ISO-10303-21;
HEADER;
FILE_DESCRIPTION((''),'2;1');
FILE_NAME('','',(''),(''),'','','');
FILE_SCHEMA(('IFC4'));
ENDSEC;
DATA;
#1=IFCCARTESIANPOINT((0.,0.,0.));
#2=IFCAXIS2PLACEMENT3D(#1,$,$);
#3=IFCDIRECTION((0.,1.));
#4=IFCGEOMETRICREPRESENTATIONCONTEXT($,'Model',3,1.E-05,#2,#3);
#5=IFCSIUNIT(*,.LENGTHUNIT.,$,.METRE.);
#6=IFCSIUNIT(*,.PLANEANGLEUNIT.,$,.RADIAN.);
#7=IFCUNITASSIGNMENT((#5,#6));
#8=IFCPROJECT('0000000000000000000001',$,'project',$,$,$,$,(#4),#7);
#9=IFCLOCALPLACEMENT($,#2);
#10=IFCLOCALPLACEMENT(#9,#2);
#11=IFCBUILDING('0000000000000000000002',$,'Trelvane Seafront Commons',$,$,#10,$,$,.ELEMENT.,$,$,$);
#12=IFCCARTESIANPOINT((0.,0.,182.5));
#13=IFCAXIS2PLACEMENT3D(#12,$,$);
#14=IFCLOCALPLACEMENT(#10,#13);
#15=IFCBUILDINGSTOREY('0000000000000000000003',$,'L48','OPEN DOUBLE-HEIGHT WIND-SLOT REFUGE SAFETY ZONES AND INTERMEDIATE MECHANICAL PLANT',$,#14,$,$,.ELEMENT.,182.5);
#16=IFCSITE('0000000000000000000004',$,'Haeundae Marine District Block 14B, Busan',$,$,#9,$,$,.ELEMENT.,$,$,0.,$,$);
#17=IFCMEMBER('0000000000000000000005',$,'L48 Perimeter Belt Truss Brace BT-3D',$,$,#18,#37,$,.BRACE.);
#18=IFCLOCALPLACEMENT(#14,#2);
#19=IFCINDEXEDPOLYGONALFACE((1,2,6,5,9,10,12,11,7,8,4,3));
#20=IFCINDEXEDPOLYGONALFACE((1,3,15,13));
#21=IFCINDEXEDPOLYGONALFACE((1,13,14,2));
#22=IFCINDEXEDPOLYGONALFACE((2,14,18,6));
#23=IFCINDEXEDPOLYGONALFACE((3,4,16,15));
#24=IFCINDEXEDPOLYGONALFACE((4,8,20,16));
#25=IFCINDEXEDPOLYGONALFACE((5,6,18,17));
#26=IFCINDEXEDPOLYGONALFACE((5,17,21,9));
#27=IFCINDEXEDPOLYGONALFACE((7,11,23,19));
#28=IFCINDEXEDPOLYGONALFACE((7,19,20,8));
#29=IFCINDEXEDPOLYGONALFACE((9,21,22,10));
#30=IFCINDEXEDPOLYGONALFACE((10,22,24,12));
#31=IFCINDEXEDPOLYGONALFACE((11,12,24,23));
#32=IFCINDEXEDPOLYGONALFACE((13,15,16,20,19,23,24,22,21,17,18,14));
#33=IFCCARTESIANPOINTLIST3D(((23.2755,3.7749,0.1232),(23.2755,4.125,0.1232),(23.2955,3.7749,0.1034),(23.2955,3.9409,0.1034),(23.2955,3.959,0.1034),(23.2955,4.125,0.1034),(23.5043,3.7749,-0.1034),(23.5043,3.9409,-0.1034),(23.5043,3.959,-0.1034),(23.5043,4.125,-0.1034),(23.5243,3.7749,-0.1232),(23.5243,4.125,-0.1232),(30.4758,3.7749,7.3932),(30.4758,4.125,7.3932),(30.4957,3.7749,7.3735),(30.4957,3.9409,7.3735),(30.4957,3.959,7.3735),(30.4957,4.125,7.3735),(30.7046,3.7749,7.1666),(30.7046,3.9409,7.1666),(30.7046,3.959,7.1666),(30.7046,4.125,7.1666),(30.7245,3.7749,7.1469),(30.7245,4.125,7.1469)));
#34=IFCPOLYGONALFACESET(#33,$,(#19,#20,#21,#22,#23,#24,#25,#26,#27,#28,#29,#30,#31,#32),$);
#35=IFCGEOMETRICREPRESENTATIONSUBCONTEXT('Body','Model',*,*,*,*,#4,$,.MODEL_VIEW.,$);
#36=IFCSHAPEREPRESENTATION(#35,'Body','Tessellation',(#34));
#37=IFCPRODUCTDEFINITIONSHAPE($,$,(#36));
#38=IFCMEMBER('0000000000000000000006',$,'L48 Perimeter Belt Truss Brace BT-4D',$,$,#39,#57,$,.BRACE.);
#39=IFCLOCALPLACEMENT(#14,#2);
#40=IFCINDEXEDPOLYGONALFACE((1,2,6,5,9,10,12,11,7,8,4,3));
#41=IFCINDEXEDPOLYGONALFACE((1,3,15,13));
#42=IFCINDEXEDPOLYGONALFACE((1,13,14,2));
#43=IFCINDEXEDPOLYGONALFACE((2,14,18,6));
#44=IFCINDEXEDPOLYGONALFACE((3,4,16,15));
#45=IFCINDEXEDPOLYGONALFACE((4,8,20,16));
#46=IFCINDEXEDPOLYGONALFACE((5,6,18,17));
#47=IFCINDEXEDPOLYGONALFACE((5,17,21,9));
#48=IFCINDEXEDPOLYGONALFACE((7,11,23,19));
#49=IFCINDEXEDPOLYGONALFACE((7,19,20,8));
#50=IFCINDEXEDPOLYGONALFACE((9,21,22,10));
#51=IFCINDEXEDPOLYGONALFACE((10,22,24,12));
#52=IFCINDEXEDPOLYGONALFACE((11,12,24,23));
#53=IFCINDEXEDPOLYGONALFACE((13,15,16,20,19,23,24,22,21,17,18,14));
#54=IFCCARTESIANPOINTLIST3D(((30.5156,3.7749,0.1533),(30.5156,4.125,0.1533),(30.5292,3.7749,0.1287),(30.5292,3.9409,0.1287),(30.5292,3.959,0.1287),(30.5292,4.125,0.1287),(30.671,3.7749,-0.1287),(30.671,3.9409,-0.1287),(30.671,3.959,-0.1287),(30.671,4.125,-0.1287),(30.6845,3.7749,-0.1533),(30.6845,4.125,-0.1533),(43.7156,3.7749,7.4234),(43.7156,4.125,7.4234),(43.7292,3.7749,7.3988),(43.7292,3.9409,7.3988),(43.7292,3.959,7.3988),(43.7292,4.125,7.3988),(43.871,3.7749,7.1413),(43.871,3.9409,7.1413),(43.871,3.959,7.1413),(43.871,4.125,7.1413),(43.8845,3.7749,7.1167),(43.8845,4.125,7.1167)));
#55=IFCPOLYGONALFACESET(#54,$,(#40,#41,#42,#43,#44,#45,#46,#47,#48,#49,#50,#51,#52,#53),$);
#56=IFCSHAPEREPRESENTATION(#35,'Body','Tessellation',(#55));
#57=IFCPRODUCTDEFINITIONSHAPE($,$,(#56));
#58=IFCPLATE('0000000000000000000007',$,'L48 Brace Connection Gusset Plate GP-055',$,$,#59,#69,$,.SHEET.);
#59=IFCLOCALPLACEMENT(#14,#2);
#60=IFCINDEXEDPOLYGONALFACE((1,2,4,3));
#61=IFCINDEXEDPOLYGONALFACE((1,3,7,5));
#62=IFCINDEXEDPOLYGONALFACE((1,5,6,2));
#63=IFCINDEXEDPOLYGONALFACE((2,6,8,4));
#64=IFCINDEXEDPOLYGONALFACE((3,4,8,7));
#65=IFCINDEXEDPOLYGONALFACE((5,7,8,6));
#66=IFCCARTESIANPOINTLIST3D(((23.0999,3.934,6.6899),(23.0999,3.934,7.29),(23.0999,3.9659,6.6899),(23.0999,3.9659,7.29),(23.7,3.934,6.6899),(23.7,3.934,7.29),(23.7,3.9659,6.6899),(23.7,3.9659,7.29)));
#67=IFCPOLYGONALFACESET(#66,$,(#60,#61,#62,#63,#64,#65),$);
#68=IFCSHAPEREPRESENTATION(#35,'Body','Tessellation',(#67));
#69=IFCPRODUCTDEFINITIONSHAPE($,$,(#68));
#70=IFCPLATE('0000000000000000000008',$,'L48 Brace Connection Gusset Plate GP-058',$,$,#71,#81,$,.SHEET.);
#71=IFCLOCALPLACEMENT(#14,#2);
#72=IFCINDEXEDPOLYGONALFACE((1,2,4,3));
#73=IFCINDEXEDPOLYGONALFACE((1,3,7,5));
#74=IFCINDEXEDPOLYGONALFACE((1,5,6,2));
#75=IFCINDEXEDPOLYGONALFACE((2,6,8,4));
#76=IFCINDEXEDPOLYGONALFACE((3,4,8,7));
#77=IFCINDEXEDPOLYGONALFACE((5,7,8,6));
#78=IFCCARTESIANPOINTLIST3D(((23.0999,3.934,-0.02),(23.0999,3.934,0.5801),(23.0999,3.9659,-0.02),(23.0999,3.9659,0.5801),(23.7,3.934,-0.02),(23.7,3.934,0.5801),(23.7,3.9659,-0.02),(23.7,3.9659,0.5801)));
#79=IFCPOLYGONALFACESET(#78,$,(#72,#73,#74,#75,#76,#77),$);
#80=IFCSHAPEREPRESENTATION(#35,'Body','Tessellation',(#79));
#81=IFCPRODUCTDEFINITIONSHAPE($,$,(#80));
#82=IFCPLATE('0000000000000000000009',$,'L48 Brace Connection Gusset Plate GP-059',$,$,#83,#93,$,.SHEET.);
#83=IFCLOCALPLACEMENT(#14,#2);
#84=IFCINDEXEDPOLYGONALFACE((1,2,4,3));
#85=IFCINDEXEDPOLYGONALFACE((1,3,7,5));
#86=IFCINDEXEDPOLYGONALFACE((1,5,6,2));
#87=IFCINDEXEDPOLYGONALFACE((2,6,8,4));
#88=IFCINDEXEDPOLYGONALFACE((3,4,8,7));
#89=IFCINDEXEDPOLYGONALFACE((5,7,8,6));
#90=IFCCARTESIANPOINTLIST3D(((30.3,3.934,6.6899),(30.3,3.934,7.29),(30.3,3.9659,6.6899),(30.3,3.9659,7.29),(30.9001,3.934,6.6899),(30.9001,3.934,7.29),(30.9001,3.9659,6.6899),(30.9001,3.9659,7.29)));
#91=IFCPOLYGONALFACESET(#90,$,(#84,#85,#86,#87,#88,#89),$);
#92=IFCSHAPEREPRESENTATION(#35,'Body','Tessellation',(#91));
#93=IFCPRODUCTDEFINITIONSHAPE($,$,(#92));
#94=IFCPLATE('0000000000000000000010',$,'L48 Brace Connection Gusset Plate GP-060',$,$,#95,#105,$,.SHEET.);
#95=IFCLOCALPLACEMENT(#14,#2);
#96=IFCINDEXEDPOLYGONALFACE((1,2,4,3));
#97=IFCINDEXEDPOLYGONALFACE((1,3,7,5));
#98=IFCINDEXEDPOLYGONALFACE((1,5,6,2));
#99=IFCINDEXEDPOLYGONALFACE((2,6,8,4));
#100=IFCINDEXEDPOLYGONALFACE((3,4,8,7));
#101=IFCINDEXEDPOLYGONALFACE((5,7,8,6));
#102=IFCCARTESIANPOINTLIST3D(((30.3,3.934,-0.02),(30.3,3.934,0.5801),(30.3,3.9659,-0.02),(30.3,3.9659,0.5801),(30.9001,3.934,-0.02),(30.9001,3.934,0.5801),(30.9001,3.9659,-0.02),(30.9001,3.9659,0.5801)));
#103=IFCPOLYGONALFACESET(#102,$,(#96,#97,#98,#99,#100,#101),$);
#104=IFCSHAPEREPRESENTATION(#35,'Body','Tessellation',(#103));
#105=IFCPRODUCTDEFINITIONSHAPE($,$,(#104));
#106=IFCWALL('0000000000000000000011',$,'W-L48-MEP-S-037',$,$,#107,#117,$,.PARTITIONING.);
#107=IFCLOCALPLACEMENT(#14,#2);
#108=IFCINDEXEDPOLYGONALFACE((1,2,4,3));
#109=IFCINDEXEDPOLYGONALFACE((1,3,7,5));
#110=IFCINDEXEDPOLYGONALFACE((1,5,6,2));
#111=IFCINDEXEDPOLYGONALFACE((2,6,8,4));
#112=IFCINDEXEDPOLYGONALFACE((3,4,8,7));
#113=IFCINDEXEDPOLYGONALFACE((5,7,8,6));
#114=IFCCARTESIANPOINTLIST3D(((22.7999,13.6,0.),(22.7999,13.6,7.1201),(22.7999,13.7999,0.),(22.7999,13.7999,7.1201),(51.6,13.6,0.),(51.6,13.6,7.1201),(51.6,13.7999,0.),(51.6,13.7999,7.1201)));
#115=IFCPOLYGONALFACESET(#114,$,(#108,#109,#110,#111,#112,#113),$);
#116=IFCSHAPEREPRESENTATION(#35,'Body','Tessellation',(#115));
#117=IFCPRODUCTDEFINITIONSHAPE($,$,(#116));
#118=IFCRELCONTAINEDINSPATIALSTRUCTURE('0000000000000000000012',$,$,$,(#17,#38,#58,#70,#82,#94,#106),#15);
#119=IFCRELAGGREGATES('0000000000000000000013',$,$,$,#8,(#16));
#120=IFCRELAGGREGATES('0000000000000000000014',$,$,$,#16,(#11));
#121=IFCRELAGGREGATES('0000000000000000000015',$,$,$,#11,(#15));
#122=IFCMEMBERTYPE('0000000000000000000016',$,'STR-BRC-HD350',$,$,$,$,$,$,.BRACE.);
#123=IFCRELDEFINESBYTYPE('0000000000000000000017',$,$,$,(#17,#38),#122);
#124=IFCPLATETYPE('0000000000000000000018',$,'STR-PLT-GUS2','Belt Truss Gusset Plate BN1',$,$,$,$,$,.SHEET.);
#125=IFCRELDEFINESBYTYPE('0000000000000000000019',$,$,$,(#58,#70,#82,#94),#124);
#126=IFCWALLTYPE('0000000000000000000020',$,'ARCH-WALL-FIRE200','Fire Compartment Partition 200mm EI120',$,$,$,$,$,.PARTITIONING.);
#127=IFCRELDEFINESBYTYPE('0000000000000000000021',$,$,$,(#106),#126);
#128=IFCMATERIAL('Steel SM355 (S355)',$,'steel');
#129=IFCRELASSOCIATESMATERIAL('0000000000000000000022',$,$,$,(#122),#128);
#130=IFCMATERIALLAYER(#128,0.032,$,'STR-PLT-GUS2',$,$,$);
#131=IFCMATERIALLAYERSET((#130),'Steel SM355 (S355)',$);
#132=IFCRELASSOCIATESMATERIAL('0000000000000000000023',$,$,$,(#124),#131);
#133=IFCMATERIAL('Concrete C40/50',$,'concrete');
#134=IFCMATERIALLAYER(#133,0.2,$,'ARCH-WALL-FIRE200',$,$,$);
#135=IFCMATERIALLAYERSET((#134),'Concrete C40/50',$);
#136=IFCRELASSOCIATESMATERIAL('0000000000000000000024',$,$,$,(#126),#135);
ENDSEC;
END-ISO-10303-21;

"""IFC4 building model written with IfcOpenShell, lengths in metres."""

from ifc_helpers import new_model, si_unit, direction, frame, frame_2d, origin, origin_2d, place, context, subcontext, project, spatial, rectangle, i_section, extrude, source, transform, mapped, material, layer, layer_set, material_profile, profile_set, type_object, element, save


model = new_model("IFC4")

# Units and contexts
model_context = context("Model", 3, precision=1e-05, world=origin(), true_north=direction((0.0, 1.0)))
body_context = subcontext(model_context, "Body", "Model", "MODEL_VIEW")
ifc_project = project(units=[si_unit("LENGTHUNIT", "METRE"), si_unit("PLANEANGLEUNIT", "RADIAN")], contexts=[model_context])

# Site, building, storey
site_placement = place(None, origin())
site = spatial("IfcSite", under=ifc_project, at=site_placement, Name="Haeundae Marine District Block 14B, Busan", CompositionType="ELEMENT", RefElevation=0.0)
building_placement = place(site_placement, origin())
building = spatial("IfcBuilding", under=site, at=building_placement, Name="Trelvane Seafront Commons", CompositionType="ELEMENT")
storey_placement = place(building_placement, frame((0.0, 0.0, 182.5)))
storey = spatial("IfcBuildingStorey", under=building, at=storey_placement, Name="L48", Description="OPEN DOUBLE-HEIGHT WIND-SLOT REFUGE SAFETY ZONES AND INTERMEDIATE MECHANICAL PLANT", CompositionType="ELEMENT", Elevation=182.5)

# Shared definitions
ifc_material_1 = material(Name="Steel SM355 (S355)", Category="steel")

# Members
ifc_material_profile_1 = material_profile(ifc_material_1, i_section(OverallWidth=0.3501, OverallDepth=0.3501, WebThickness=0.0181, FlangeThickness=0.0281, at=origin_2d()), Name="HD-350x350x18x28")
ifc_profile_set_1 = profile_set([ifc_material_profile_1], Name="Steel SM355 (S355)")
member_type = type_object("IfcMemberType", Name="STR-BRC-HD350", PredefinedType="BRACE", material=ifc_profile_set_1)
shared_shape_1 = source(origin(), body_context, "Body", "SweptSolid", [
    extrude(i_section(OverallWidth=0.3501, OverallDepth=0.3501, WebThickness=0.0181, FlangeThickness=0.0281, at=origin_2d()), origin(), (0.0, 0.0, 1.0), 10.2322),
])
member_1_placement = place(storey_placement, frame((23.3999, 3.95, 0.0), z_axis=(0.703687, 0.0, 0.710511), x_axis=(0.0, 1.0, 0.0)))
element("IfcMember", 1, at=member_1_placement, inside=storey, type_object=member_type, Name="L48 Perimeter Belt Truss Brace BT-3D", PredefinedType="BRACE", context=body_context, shape_type="MappedRepresentation", body=[
    mapped(shared_shape_1, transform((0.0, 0.0, 0.0), x_axis=(1.0, 0.0, 0.0), y_axis=(0.0, 1.0, 0.0), z_axis=(0.0, 0.0, 1.0), scale=1.0)),
])
shared_shape_2 = source(origin(), body_context, "Body", "SweptSolid", [
    extrude(i_section(OverallWidth=0.3501, OverallDepth=0.3501, WebThickness=0.0181, FlangeThickness=0.0281, at=origin_2d()), origin(), (0.0, 0.0, 1.0), 15.0696),
])
member_2_placement = place(storey_placement, frame((30.6001, 3.95, 0.0), z_axis=(0.875934, 0.0, 0.482431), x_axis=(0.0, 1.0, 0.0)))
element("IfcMember", 2, at=member_2_placement, inside=storey, type_object=member_type, Name="L48 Perimeter Belt Truss Brace BT-4D", PredefinedType="BRACE", context=body_context, shape_type="MappedRepresentation", body=[
    mapped(shared_shape_2, transform((0.0, 0.0, 0.0), x_axis=(1.0, 0.0, 0.0), y_axis=(0.0, 1.0, 0.0), z_axis=(0.0, 0.0, 1.0), scale=1.0)),
])

# Plates
ifc_layer_1 = layer(ifc_material_1, 0.032, Name="STR-PLT-GUS2")
ifc_layer_set_1 = layer_set([ifc_layer_1], Name="Steel SM355 (S355)")
plate_type = type_object("IfcPlateType", Name="STR-PLT-GUS2", Description="Belt Truss Gusset Plate BN1", PredefinedType="SHEET", material=ifc_layer_set_1)
shared_shape_3 = source(origin(), body_context, "Body", "SweptSolid", [
    extrude(rectangle(XDim=0.6001, YDim=0.032, at=origin_2d()), origin(), (0.0, 0.0, 1.0), 0.6001),
])
for number, where, z_axis, x_axis, name in (
    (3, (23.3999, 3.95, 6.6899), (0.0, 0.0, 1.0), (1.0, 0.0, 0.0), "L48 Brace Connection Gusset Plate GP-055"),
    (4, (23.3999, 3.95, -0.02), (0.0, 0.0, 1.0), (1.0, 0.0, 0.0), "L48 Brace Connection Gusset Plate GP-058"),
    (5, (30.6001, 3.95, 6.6899), (0.0, 0.0, 1.0), (1.0, 0.0, 0.0), "L48 Brace Connection Gusset Plate GP-059"),
    (6, (30.6001, 3.95, -0.02), (0.0, 0.0, 1.0), (1.0, 0.0, 0.0), "L48 Brace Connection Gusset Plate GP-060"),
):
    element("IfcPlate", number, at=place(storey_placement, frame(where, z_axis=z_axis, x_axis=x_axis)), inside=storey, type_object=plate_type, Name=name, PredefinedType="SHEET", context=body_context, shape_type="MappedRepresentation", body=[
        mapped(shared_shape_3, transform((0.0, 0.0, 0.0), x_axis=(1.0, 0.0, 0.0), y_axis=(0.0, 1.0, 0.0), z_axis=(0.0, 0.0, 1.0), scale=1.0)),
    ])

# Wall
ifc_material_2 = material(Name="Concrete C40/50", Category="concrete")
ifc_layer_2 = layer(ifc_material_2, 0.2, Name="ARCH-WALL-FIRE200")
ifc_layer_set_2 = layer_set([ifc_layer_2], Name="Concrete C40/50")
wall_type = type_object("IfcWallType", Name="ARCH-WALL-FIRE200", Description="Fire Compartment Partition 200mm EI120", PredefinedType="PARTITIONING", material=ifc_layer_set_2)
wall_placement = place(storey_placement, frame((22.8, 13.7, 0.0), z_axis=(0.0, 0.0, 1.0), x_axis=(1.0, 0.0, 0.0)))
element("IfcWall", 7, at=wall_placement, inside=storey, type_object=wall_type, Name="W-L48-MEP-S-037", PredefinedType="PARTITIONING", context=body_context, shape_type="SweptSolid", body=[
    extrude(rectangle(XDim=28.8, YDim=0.2, at=frame_2d((14.3999, 0.0))), origin(), (0.0, 0.0, 1.0), 7.1201),
])

save(model, "model.ifc")
